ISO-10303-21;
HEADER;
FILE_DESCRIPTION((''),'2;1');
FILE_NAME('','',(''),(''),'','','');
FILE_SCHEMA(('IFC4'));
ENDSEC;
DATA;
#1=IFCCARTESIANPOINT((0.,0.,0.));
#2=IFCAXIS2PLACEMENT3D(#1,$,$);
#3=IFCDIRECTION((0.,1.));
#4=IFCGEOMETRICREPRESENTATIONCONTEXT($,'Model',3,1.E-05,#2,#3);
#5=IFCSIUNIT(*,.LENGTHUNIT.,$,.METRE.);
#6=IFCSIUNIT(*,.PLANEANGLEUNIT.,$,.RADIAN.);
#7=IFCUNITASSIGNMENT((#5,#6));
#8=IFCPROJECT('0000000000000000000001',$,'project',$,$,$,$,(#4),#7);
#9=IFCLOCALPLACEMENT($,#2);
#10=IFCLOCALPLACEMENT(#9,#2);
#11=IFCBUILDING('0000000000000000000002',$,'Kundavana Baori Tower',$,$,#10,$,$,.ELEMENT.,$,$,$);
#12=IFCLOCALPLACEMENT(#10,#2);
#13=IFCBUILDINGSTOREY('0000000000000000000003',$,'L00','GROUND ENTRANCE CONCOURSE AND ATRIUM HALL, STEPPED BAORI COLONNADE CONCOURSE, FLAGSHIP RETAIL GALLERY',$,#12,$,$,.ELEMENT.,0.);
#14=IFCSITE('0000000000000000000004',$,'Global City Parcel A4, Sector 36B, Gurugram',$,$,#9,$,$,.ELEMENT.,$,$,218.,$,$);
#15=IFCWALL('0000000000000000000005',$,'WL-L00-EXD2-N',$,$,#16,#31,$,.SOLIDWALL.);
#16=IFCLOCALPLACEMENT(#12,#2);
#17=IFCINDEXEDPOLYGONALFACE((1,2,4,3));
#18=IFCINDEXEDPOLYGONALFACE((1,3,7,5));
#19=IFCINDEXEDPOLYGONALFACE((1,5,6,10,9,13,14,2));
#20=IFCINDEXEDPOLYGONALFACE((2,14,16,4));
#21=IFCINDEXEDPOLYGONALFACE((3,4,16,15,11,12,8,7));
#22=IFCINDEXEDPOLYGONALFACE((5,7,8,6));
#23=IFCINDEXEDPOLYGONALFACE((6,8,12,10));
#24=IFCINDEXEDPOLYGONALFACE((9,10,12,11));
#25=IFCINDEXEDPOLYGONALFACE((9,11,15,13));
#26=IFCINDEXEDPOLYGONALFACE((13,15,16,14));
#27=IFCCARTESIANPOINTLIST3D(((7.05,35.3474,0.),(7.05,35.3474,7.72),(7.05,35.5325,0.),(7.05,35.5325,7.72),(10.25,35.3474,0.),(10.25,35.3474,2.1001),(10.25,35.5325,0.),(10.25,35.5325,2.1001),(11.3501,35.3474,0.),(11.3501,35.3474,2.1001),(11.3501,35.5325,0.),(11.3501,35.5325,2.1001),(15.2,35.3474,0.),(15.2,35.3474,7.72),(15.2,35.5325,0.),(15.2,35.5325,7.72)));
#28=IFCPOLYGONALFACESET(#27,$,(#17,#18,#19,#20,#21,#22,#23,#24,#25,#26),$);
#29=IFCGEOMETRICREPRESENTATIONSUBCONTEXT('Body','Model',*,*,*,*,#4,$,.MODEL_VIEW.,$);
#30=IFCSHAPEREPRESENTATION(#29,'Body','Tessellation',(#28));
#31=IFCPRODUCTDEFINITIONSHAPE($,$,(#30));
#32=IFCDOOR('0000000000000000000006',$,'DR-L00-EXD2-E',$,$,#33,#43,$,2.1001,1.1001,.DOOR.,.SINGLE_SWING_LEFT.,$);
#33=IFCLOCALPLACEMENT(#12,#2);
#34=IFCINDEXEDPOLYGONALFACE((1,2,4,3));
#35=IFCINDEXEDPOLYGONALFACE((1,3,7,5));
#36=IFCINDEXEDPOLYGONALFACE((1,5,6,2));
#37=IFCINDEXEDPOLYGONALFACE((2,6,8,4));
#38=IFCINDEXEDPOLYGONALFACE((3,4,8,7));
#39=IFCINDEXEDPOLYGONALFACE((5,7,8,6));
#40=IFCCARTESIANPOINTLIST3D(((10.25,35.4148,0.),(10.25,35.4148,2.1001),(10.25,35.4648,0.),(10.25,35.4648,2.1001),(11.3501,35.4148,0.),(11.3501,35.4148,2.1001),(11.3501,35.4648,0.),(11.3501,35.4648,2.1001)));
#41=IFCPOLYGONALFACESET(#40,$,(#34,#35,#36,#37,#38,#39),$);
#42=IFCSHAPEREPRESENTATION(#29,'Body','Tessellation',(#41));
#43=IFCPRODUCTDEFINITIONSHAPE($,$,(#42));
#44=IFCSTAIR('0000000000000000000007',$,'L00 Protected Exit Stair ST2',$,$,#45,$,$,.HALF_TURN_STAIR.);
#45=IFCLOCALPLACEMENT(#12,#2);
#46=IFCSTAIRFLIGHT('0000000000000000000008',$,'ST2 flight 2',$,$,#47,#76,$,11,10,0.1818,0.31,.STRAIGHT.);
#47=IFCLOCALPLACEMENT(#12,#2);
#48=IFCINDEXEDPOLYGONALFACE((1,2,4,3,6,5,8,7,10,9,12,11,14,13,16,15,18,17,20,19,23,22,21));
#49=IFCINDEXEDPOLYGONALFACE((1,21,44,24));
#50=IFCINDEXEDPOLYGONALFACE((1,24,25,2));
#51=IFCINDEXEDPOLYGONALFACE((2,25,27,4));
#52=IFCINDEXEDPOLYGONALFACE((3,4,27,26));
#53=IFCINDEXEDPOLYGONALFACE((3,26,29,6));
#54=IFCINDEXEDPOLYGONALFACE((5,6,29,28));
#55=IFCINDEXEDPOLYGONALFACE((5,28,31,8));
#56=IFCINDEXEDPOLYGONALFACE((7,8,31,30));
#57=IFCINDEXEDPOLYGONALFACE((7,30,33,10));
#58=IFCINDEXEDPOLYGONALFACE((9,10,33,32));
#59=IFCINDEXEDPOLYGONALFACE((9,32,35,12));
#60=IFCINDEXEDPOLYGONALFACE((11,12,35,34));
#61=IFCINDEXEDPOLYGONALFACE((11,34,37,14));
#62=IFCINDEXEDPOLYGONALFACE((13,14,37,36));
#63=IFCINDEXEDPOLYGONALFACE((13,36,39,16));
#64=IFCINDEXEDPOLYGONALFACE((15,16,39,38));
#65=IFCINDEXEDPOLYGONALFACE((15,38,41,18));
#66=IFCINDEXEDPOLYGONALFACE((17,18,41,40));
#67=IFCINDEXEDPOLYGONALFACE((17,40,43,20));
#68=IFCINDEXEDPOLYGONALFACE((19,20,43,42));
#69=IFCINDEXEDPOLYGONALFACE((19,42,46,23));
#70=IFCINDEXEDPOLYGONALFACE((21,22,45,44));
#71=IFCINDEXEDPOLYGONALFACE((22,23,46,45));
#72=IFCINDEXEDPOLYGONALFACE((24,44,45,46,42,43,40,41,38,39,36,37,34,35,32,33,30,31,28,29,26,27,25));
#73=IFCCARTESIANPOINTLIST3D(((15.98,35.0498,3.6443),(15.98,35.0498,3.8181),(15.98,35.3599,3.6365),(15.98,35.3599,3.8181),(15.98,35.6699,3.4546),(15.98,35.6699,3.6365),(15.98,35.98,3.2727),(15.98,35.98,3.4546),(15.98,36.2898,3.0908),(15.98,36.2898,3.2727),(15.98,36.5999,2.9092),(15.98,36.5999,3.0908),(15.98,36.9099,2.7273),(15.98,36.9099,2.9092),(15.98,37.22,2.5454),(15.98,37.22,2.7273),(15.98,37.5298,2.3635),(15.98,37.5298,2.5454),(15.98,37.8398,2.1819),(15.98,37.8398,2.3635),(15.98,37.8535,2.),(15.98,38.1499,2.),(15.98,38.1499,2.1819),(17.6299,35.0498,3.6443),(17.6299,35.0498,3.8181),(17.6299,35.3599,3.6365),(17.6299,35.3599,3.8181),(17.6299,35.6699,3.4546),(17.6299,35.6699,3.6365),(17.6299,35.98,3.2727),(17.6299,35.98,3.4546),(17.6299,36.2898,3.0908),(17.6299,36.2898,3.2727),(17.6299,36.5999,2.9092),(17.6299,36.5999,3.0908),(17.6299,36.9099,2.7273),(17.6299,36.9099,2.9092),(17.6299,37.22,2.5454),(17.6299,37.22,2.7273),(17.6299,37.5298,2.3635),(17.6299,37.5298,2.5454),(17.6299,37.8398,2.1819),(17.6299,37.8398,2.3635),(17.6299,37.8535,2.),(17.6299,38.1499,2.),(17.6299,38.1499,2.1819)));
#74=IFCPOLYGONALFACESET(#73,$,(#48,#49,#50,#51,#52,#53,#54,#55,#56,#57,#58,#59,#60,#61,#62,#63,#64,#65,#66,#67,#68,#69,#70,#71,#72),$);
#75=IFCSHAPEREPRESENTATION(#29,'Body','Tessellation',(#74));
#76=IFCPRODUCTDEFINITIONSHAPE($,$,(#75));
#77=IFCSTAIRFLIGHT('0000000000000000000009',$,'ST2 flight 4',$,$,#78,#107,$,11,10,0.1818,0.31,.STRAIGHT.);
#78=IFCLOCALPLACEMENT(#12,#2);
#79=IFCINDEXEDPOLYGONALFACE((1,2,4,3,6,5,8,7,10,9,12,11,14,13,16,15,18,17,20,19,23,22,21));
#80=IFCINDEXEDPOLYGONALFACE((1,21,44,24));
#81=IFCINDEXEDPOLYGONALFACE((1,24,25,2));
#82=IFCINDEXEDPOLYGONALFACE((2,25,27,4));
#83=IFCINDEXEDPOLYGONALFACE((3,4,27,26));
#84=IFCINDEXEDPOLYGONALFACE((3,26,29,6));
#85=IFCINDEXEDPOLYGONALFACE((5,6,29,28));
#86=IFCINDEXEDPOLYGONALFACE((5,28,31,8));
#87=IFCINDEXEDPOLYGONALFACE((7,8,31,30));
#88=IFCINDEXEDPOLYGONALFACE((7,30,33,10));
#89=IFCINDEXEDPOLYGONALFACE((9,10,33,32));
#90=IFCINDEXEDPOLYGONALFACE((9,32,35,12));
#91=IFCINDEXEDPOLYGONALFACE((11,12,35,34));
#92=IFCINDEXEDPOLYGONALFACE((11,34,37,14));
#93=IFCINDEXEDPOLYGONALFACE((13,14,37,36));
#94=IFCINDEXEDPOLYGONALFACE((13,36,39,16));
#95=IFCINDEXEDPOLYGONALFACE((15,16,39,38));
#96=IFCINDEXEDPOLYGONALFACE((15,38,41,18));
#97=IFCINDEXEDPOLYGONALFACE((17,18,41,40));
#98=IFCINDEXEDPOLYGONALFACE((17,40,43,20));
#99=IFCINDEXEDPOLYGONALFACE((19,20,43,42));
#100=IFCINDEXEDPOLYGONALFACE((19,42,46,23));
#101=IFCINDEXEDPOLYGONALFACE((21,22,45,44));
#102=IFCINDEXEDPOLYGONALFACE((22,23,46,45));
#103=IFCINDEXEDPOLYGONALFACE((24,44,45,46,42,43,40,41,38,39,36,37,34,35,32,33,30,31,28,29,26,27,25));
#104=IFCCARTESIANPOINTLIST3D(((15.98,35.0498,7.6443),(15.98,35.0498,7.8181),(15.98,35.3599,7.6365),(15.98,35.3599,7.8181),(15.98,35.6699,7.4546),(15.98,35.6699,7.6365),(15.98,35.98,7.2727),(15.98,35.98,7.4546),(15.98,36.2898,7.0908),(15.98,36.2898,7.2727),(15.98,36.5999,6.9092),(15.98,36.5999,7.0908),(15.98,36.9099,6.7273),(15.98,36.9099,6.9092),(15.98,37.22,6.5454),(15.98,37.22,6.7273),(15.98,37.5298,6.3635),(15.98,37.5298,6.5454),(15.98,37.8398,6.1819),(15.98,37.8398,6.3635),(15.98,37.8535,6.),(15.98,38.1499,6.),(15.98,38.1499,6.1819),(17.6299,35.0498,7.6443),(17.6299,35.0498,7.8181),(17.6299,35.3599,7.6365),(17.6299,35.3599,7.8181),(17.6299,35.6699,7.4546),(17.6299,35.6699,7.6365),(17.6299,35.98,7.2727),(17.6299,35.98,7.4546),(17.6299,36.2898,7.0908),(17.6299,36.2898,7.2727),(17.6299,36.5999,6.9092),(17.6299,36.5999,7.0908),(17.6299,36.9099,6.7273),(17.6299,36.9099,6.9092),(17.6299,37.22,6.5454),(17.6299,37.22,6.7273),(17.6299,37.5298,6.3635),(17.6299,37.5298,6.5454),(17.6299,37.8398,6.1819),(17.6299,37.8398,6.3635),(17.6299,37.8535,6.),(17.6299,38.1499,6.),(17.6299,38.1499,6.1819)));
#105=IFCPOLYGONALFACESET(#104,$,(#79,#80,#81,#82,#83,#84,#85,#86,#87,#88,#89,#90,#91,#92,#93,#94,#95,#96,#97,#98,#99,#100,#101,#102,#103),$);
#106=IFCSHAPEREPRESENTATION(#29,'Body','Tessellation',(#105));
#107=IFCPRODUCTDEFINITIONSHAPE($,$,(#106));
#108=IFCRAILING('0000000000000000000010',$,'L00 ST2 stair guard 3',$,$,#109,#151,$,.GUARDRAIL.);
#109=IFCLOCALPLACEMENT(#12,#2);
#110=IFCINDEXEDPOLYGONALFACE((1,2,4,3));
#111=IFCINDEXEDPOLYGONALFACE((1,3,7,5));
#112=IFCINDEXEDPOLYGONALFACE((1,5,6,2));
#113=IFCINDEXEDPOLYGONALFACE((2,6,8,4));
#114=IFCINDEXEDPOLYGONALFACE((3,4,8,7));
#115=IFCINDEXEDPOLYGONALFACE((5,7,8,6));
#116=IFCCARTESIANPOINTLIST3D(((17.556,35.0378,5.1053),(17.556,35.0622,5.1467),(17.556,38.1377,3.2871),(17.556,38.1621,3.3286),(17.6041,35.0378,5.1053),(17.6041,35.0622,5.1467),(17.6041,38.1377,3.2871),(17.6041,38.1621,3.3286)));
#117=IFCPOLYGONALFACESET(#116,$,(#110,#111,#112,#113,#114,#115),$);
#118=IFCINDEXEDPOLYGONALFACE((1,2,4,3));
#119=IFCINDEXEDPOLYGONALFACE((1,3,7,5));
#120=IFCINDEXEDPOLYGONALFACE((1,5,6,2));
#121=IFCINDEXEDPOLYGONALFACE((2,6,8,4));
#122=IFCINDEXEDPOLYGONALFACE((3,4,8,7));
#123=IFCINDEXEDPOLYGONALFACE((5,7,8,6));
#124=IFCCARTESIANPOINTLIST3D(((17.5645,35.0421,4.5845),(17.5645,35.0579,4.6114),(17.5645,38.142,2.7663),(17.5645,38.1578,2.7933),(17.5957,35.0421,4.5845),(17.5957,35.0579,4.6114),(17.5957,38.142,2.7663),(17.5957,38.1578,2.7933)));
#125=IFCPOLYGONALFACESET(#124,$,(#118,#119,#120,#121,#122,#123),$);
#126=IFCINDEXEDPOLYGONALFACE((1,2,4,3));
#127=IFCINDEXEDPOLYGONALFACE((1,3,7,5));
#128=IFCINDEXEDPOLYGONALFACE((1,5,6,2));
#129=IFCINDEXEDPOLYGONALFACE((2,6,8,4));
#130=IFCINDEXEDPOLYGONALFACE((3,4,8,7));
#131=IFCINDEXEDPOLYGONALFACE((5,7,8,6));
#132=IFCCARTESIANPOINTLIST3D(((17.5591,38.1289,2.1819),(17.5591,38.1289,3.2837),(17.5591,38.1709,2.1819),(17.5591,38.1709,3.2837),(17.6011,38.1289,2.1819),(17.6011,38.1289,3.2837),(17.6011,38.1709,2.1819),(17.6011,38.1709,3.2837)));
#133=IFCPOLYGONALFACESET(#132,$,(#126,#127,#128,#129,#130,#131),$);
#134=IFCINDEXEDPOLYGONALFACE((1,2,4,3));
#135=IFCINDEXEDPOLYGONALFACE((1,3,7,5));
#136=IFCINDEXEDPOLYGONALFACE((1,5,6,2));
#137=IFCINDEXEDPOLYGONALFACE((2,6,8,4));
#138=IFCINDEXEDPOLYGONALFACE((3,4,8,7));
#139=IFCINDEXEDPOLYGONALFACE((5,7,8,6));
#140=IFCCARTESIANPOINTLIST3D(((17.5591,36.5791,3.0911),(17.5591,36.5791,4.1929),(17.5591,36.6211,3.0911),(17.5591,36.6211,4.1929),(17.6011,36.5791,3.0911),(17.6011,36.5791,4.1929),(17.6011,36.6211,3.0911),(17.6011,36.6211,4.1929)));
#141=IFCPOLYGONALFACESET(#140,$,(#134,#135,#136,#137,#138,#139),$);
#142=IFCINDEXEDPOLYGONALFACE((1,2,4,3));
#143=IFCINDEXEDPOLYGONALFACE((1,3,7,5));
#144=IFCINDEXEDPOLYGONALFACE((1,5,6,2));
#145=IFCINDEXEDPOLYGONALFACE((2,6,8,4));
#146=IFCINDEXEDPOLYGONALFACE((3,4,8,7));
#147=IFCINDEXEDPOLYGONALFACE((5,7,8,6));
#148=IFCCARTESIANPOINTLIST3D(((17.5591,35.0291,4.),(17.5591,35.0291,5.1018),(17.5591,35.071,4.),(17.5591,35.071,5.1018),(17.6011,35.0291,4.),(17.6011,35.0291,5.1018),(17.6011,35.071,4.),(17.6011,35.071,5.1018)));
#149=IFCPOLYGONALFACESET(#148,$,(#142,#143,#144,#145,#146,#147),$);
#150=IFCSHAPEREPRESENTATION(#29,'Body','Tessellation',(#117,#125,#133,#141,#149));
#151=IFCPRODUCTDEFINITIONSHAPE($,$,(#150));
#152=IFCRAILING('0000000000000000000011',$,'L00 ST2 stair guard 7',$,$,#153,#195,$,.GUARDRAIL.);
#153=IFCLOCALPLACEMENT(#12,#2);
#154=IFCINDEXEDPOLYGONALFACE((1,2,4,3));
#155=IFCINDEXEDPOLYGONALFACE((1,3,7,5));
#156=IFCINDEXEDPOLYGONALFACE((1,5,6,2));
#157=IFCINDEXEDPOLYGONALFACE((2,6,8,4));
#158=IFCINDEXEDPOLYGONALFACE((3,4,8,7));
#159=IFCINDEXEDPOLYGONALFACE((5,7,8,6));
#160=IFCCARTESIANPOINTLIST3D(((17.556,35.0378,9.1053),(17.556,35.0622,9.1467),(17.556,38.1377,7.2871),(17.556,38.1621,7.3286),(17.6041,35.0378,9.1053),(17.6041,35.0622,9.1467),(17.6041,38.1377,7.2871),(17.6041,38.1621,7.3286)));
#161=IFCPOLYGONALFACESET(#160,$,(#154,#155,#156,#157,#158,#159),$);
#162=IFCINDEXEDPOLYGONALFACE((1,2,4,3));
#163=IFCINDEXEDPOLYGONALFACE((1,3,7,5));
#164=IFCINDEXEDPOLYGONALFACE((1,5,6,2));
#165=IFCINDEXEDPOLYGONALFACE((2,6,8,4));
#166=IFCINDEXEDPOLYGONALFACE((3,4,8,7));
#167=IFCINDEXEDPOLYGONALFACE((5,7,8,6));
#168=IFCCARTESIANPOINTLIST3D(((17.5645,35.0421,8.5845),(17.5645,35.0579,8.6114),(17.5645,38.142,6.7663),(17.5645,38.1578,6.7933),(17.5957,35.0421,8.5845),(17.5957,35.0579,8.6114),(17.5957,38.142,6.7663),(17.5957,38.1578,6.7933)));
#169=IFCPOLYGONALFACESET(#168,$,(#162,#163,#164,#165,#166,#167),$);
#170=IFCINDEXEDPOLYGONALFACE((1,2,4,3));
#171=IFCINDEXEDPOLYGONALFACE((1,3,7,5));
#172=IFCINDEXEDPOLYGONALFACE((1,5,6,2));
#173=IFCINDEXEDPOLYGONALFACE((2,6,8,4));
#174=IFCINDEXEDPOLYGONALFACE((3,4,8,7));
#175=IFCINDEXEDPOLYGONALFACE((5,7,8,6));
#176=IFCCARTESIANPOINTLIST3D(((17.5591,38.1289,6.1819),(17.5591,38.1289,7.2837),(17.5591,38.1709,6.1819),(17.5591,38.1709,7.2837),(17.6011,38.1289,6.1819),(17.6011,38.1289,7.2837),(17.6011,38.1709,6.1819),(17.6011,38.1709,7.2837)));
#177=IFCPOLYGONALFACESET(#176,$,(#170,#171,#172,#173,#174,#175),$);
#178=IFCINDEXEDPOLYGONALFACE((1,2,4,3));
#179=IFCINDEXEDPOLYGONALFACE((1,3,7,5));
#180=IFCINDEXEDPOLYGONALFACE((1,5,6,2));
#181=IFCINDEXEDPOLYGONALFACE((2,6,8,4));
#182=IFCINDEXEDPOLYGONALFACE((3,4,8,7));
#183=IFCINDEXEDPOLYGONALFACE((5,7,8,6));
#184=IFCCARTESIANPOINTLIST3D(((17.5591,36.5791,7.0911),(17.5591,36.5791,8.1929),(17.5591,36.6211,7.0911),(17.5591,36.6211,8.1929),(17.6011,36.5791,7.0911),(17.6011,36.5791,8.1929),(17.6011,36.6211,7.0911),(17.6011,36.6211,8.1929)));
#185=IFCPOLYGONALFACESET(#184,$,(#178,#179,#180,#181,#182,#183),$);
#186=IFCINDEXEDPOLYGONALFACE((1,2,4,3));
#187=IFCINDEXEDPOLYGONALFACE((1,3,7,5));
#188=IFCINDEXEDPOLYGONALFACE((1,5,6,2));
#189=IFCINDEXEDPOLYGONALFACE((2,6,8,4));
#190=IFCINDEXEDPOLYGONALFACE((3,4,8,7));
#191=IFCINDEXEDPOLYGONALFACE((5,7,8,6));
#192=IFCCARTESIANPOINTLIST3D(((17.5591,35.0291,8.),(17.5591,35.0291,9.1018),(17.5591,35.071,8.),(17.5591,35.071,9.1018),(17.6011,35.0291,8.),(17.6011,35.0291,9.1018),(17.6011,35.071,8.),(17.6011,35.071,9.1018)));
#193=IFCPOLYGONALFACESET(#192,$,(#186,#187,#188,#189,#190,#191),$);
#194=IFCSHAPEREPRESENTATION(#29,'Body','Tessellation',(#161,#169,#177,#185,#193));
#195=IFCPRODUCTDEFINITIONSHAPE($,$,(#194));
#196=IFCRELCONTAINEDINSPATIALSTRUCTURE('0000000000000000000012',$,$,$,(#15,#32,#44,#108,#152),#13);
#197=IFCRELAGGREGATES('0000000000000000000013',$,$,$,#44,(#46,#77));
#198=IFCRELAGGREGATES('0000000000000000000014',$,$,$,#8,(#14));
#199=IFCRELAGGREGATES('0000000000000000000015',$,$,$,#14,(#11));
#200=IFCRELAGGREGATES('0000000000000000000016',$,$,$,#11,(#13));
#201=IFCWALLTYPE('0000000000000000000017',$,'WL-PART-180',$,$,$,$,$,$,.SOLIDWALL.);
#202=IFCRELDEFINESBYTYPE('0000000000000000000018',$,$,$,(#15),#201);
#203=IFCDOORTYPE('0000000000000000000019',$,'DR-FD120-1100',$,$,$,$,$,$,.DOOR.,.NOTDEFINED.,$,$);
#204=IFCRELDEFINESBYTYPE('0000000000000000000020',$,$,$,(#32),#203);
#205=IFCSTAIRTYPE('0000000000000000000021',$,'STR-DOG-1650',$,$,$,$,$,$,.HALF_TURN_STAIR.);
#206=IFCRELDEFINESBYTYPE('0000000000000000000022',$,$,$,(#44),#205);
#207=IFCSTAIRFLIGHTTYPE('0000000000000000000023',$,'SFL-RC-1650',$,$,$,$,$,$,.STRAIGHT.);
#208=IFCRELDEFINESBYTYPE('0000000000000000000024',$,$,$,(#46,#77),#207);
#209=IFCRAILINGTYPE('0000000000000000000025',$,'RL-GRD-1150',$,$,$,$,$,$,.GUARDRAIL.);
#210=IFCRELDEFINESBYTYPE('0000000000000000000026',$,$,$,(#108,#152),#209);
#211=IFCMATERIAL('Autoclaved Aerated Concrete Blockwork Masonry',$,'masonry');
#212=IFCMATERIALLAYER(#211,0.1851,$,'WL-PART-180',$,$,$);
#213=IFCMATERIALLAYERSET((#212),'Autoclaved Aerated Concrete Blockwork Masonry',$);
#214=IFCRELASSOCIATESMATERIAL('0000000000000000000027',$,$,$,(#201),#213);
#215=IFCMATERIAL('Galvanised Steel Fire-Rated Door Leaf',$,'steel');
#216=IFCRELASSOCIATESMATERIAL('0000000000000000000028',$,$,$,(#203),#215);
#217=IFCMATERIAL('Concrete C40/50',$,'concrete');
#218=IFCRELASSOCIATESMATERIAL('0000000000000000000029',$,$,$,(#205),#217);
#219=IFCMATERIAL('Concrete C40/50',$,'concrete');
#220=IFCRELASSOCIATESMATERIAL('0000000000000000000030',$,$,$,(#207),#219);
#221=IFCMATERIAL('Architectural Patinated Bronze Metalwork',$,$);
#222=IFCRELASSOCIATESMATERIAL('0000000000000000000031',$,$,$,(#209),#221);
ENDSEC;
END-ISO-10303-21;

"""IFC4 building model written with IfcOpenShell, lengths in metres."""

from ifc_helpers import new_model, si_unit, direction, frame, frame_2d, origin, origin_2d, place, context, subcontext, project, spatial, polyline, rectangle, outline, extrude, material, layer, layer_set, type_object, element, fill, aggregate, save


model = new_model("IFC4")

# Units and contexts
model_context = context("Model", 3, precision=1e-05, world=origin(), true_north=direction((0.0, 1.0)))
body_context = subcontext(model_context, "Body", "Model", "MODEL_VIEW")
ifc_project = project(units=[si_unit("LENGTHUNIT", "METRE"), si_unit("PLANEANGLEUNIT", "RADIAN")], contexts=[model_context])

# Site, building, storey
site_placement = place(None, origin())
site = spatial("IfcSite", under=ifc_project, at=site_placement, Name="Global City Parcel A4, Sector 36B, Gurugram", CompositionType="ELEMENT", RefElevation=218.0)
building_placement = place(site_placement, origin())
building = spatial("IfcBuilding", under=site, at=building_placement, Name="Kundavana Baori Tower", CompositionType="ELEMENT")
storey_placement = place(building_placement, origin())
storey = spatial("IfcBuildingStorey", under=building, at=storey_placement, Name="L00", Description="GROUND ENTRANCE CONCOURSE AND ATRIUM HALL, STEPPED BAORI COLONNADE CONCOURSE, FLAGSHIP RETAIL GALLERY", CompositionType="ELEMENT", Elevation=0.0)

# Wall, opening, door
ifc_material_1 = material(Name="Autoclaved Aerated Concrete Blockwork Masonry", Category="masonry")
ifc_layer_1 = layer(ifc_material_1, 0.1851, Name="WL-PART-180")
ifc_layer_set_1 = layer_set([ifc_layer_1], Name="Autoclaved Aerated Concrete Blockwork Masonry")
wall_type_1 = type_object("IfcWallType", Name="WL-PART-180", PredefinedType="SOLIDWALL", material=ifc_layer_set_1)
wall_1_placement = place(storey_placement, frame((7.05, 35.4399, 0.0), z_axis=(0.0, 0.0, 1.0), x_axis=(1.0, 0.0, 0.0)))
wall_1 = element("IfcWall", 1, at=wall_1_placement, inside=storey, type_object=wall_type_1, Name="WL-L00-EXD2-N", PredefinedType="SOLIDWALL", context=body_context, shape_type="SweptSolid", body=[
    extrude(rectangle(XDim=8.1499, YDim=0.1851, at=frame_2d((4.075, 0.0))), origin(), (0.0, 0.0, 1.0), 7.72),
])
opening_1_placement = place(wall_1_placement, frame((3.2, 0.0, 0.0)))
opening_1 = element("IfcOpeningElement", 2, at=opening_1_placement, cuts=wall_1, PredefinedType="OPENING", context=body_context, shape_type="SweptSolid", body=[
    extrude(rectangle(XDim=1.1001, YDim=2.1001, at=frame_2d((0.55, 1.05))), frame((0.0, 0.1025, 0.0), z_axis=(0.0, -1.0, 0.0), x_axis=(1.0, 0.0, 0.0)), (0.0, 0.0, 1.0), 0.2051),
])
ifc_material_2 = material(Name="Galvanised Steel Fire-Rated Door Leaf", Category="steel")
door_type_1 = type_object("IfcDoorType", Name="DR-FD120-1100", OperationType="NOTDEFINED", PredefinedType="DOOR", material=ifc_material_2)
door_1_placement = place(opening_1_placement, origin())
door_1 = element("IfcDoor", 3, at=door_1_placement, inside=storey, type_object=door_type_1, Name="DR-L00-EXD2-E", OperationType="SINGLE_SWING_LEFT", OverallHeight=2.1001, OverallWidth=1.1001, PredefinedType="DOOR", context=body_context, shape_type="SweptSolid", body=[
    extrude(rectangle(XDim=1.1001, YDim=2.1001, at=frame_2d((0.55, 1.05))), frame((0.0, 0.0249, 0.0), z_axis=(0.0, -1.0, 0.0), x_axis=(1.0, 0.0, 0.0)), (0.0, 0.0, 1.0), 0.05),
])
fill(opening_1, door_1)

# Stair, stair flights
ifc_material_3 = material(Name="Concrete C40/50", Category="concrete")
stair_type = type_object("IfcStairType", Name="STR-DOG-1650", PredefinedType="HALF_TURN_STAIR", material=ifc_material_3)
stair_placement = place(storey_placement, origin())
stair = element("IfcStair", 4, at=stair_placement, inside=storey, type_object=stair_type, Name="L00 Protected Exit Stair ST2", PredefinedType="HALF_TURN_STAIR")
ifc_material_4 = material(Name="Concrete C40/50", Category="concrete")
stair_flight_type = type_object("IfcStairFlightType", Name="SFL-RC-1650", PredefinedType="STRAIGHT", material=ifc_material_4)
stair_flight_1_placement = place(storey_placement, frame((16.8049, 38.1499, 2.0), z_axis=(0.0, 0.0, 1.0), x_axis=(0.0, -1.0, 0.0)))
stair_flight_1 = element("IfcStairFlight", 5, at=stair_flight_1_placement, type_object=stair_flight_type, Name="ST2 flight 2", NumberOfRisers=11, NumberOfTreads=10, PredefinedType="STRAIGHT", RiserHeight=0.1818, TreadLength=0.31, context=body_context, shape_type="SweptSolid", body=[
    extrude(outline(polyline([(0.0, 0.0), (0.0, 0.1819), (0.3101, 0.1819), (0.3101, 0.3635), (0.6201, 0.3635), (0.6201, 0.5454), (0.9299, 0.5454), (0.9299, 0.7273), (1.24, 0.7273), (1.24, 0.9092), (1.55, 0.9092), (1.55, 1.0908), (1.8601, 1.0908), (1.8601, 1.2727), (2.1699, 1.2727), (2.1699, 1.4546), (2.48, 1.4546), (2.48, 1.6365), (2.79, 1.6365), (2.79, 1.8181), (3.1001, 1.8181), (3.1001, 2.0), (3.1001, 1.6443), (0.2964, 0.0), (0.0, 0.0)])), frame((0.0, 0.825, 0.0), z_axis=(0.0, -1.0, 0.0), x_axis=(1.0, 0.0, 0.0)), (0.0, 0.0, 1.0), 1.6499),
])
stair_flight_2_placement = place(storey_placement, frame((16.8049, 38.1499, 6.0), z_axis=(0.0, 0.0, 1.0), x_axis=(0.0, -1.0, 0.0)))
stair_flight_2 = element("IfcStairFlight", 6, at=stair_flight_2_placement, type_object=stair_flight_type, Name="ST2 flight 4", NumberOfRisers=11, NumberOfTreads=10, PredefinedType="STRAIGHT", RiserHeight=0.1818, TreadLength=0.31, context=body_context, shape_type="SweptSolid", body=[
    extrude(outline(polyline([(0.0, 0.0), (0.0, 0.1819), (0.3101, 0.1819), (0.3101, 0.3635), (0.6201, 0.3635), (0.6201, 0.5454), (0.9299, 0.5454), (0.9299, 0.7273), (1.24, 0.7273), (1.24, 0.9092), (1.55, 0.9092), (1.55, 1.0908), (1.8601, 1.0908), (1.8601, 1.2727), (2.1699, 1.2727), (2.1699, 1.4546), (2.48, 1.4546), (2.48, 1.6365), (2.79, 1.6365), (2.79, 1.8181), (3.1001, 1.8181), (3.1001, 2.0), (3.1001, 1.6443), (0.2964, 0.0), (0.0, 0.0)])), frame((0.0, 0.825, 0.0), z_axis=(0.0, -1.0, 0.0), x_axis=(1.0, 0.0, 0.0)), (0.0, 0.0, 1.0), 1.6499),
])
aggregate(stair, [stair_flight_1, stair_flight_2])

# Railings
ifc_material_5 = material(Name="Architectural Patinated Bronze Metalwork")
railing_type_1 = type_object("IfcRailingType", Name="RL-GRD-1150", PredefinedType="GUARDRAIL", material=ifc_material_5)
for number, where, name in (
    (7, (17.5801, 38.1499, 2.1819), "L00 ST2 stair guard 3"),
    (8, (17.5801, 38.1499, 6.1819), "L00 ST2 stair guard 7"),
):
    element("IfcRailing", number, at=place(storey_placement, frame(where)), inside=storey, type_object=railing_type_1, Name=name, PredefinedType="GUARDRAIL", context=body_context, shape_type="SweptSolid", body=[
        extrude(rectangle(XDim=0.0481, YDim=0.0481, at=origin_2d()), frame((0.0, 0.0, 1.126), z_axis=(0.0, -0.862581, 0.505918), x_axis=(1.0, 0.0, 0.0)), (0.0, 0.0, 1.0), 3.5938),
        extrude(rectangle(XDim=0.0312, YDim=0.0312, at=origin_2d()), frame((0.0, 0.0, 0.5979), z_axis=(0.0, -0.862581, 0.505918), x_axis=(1.0, 0.0, 0.0)), (0.0, 0.0, 1.0), 3.5938),
        extrude(rectangle(XDim=0.042, YDim=0.042, at=origin_2d()), origin(), (0.0, 0.0, 1.0), 1.1018),
        extrude(rectangle(XDim=0.042, YDim=0.042, at=origin_2d()), frame((0.0, -1.5498, 0.9092)), (0.0, 0.0, 1.0), 1.1018),
        extrude(rectangle(XDim=0.042, YDim=0.042, at=origin_2d()), frame((0.0, -3.0999, 1.8181)), (0.0, 0.0, 1.0), 1.1018),
    ])

save(model, "model.ifc")
